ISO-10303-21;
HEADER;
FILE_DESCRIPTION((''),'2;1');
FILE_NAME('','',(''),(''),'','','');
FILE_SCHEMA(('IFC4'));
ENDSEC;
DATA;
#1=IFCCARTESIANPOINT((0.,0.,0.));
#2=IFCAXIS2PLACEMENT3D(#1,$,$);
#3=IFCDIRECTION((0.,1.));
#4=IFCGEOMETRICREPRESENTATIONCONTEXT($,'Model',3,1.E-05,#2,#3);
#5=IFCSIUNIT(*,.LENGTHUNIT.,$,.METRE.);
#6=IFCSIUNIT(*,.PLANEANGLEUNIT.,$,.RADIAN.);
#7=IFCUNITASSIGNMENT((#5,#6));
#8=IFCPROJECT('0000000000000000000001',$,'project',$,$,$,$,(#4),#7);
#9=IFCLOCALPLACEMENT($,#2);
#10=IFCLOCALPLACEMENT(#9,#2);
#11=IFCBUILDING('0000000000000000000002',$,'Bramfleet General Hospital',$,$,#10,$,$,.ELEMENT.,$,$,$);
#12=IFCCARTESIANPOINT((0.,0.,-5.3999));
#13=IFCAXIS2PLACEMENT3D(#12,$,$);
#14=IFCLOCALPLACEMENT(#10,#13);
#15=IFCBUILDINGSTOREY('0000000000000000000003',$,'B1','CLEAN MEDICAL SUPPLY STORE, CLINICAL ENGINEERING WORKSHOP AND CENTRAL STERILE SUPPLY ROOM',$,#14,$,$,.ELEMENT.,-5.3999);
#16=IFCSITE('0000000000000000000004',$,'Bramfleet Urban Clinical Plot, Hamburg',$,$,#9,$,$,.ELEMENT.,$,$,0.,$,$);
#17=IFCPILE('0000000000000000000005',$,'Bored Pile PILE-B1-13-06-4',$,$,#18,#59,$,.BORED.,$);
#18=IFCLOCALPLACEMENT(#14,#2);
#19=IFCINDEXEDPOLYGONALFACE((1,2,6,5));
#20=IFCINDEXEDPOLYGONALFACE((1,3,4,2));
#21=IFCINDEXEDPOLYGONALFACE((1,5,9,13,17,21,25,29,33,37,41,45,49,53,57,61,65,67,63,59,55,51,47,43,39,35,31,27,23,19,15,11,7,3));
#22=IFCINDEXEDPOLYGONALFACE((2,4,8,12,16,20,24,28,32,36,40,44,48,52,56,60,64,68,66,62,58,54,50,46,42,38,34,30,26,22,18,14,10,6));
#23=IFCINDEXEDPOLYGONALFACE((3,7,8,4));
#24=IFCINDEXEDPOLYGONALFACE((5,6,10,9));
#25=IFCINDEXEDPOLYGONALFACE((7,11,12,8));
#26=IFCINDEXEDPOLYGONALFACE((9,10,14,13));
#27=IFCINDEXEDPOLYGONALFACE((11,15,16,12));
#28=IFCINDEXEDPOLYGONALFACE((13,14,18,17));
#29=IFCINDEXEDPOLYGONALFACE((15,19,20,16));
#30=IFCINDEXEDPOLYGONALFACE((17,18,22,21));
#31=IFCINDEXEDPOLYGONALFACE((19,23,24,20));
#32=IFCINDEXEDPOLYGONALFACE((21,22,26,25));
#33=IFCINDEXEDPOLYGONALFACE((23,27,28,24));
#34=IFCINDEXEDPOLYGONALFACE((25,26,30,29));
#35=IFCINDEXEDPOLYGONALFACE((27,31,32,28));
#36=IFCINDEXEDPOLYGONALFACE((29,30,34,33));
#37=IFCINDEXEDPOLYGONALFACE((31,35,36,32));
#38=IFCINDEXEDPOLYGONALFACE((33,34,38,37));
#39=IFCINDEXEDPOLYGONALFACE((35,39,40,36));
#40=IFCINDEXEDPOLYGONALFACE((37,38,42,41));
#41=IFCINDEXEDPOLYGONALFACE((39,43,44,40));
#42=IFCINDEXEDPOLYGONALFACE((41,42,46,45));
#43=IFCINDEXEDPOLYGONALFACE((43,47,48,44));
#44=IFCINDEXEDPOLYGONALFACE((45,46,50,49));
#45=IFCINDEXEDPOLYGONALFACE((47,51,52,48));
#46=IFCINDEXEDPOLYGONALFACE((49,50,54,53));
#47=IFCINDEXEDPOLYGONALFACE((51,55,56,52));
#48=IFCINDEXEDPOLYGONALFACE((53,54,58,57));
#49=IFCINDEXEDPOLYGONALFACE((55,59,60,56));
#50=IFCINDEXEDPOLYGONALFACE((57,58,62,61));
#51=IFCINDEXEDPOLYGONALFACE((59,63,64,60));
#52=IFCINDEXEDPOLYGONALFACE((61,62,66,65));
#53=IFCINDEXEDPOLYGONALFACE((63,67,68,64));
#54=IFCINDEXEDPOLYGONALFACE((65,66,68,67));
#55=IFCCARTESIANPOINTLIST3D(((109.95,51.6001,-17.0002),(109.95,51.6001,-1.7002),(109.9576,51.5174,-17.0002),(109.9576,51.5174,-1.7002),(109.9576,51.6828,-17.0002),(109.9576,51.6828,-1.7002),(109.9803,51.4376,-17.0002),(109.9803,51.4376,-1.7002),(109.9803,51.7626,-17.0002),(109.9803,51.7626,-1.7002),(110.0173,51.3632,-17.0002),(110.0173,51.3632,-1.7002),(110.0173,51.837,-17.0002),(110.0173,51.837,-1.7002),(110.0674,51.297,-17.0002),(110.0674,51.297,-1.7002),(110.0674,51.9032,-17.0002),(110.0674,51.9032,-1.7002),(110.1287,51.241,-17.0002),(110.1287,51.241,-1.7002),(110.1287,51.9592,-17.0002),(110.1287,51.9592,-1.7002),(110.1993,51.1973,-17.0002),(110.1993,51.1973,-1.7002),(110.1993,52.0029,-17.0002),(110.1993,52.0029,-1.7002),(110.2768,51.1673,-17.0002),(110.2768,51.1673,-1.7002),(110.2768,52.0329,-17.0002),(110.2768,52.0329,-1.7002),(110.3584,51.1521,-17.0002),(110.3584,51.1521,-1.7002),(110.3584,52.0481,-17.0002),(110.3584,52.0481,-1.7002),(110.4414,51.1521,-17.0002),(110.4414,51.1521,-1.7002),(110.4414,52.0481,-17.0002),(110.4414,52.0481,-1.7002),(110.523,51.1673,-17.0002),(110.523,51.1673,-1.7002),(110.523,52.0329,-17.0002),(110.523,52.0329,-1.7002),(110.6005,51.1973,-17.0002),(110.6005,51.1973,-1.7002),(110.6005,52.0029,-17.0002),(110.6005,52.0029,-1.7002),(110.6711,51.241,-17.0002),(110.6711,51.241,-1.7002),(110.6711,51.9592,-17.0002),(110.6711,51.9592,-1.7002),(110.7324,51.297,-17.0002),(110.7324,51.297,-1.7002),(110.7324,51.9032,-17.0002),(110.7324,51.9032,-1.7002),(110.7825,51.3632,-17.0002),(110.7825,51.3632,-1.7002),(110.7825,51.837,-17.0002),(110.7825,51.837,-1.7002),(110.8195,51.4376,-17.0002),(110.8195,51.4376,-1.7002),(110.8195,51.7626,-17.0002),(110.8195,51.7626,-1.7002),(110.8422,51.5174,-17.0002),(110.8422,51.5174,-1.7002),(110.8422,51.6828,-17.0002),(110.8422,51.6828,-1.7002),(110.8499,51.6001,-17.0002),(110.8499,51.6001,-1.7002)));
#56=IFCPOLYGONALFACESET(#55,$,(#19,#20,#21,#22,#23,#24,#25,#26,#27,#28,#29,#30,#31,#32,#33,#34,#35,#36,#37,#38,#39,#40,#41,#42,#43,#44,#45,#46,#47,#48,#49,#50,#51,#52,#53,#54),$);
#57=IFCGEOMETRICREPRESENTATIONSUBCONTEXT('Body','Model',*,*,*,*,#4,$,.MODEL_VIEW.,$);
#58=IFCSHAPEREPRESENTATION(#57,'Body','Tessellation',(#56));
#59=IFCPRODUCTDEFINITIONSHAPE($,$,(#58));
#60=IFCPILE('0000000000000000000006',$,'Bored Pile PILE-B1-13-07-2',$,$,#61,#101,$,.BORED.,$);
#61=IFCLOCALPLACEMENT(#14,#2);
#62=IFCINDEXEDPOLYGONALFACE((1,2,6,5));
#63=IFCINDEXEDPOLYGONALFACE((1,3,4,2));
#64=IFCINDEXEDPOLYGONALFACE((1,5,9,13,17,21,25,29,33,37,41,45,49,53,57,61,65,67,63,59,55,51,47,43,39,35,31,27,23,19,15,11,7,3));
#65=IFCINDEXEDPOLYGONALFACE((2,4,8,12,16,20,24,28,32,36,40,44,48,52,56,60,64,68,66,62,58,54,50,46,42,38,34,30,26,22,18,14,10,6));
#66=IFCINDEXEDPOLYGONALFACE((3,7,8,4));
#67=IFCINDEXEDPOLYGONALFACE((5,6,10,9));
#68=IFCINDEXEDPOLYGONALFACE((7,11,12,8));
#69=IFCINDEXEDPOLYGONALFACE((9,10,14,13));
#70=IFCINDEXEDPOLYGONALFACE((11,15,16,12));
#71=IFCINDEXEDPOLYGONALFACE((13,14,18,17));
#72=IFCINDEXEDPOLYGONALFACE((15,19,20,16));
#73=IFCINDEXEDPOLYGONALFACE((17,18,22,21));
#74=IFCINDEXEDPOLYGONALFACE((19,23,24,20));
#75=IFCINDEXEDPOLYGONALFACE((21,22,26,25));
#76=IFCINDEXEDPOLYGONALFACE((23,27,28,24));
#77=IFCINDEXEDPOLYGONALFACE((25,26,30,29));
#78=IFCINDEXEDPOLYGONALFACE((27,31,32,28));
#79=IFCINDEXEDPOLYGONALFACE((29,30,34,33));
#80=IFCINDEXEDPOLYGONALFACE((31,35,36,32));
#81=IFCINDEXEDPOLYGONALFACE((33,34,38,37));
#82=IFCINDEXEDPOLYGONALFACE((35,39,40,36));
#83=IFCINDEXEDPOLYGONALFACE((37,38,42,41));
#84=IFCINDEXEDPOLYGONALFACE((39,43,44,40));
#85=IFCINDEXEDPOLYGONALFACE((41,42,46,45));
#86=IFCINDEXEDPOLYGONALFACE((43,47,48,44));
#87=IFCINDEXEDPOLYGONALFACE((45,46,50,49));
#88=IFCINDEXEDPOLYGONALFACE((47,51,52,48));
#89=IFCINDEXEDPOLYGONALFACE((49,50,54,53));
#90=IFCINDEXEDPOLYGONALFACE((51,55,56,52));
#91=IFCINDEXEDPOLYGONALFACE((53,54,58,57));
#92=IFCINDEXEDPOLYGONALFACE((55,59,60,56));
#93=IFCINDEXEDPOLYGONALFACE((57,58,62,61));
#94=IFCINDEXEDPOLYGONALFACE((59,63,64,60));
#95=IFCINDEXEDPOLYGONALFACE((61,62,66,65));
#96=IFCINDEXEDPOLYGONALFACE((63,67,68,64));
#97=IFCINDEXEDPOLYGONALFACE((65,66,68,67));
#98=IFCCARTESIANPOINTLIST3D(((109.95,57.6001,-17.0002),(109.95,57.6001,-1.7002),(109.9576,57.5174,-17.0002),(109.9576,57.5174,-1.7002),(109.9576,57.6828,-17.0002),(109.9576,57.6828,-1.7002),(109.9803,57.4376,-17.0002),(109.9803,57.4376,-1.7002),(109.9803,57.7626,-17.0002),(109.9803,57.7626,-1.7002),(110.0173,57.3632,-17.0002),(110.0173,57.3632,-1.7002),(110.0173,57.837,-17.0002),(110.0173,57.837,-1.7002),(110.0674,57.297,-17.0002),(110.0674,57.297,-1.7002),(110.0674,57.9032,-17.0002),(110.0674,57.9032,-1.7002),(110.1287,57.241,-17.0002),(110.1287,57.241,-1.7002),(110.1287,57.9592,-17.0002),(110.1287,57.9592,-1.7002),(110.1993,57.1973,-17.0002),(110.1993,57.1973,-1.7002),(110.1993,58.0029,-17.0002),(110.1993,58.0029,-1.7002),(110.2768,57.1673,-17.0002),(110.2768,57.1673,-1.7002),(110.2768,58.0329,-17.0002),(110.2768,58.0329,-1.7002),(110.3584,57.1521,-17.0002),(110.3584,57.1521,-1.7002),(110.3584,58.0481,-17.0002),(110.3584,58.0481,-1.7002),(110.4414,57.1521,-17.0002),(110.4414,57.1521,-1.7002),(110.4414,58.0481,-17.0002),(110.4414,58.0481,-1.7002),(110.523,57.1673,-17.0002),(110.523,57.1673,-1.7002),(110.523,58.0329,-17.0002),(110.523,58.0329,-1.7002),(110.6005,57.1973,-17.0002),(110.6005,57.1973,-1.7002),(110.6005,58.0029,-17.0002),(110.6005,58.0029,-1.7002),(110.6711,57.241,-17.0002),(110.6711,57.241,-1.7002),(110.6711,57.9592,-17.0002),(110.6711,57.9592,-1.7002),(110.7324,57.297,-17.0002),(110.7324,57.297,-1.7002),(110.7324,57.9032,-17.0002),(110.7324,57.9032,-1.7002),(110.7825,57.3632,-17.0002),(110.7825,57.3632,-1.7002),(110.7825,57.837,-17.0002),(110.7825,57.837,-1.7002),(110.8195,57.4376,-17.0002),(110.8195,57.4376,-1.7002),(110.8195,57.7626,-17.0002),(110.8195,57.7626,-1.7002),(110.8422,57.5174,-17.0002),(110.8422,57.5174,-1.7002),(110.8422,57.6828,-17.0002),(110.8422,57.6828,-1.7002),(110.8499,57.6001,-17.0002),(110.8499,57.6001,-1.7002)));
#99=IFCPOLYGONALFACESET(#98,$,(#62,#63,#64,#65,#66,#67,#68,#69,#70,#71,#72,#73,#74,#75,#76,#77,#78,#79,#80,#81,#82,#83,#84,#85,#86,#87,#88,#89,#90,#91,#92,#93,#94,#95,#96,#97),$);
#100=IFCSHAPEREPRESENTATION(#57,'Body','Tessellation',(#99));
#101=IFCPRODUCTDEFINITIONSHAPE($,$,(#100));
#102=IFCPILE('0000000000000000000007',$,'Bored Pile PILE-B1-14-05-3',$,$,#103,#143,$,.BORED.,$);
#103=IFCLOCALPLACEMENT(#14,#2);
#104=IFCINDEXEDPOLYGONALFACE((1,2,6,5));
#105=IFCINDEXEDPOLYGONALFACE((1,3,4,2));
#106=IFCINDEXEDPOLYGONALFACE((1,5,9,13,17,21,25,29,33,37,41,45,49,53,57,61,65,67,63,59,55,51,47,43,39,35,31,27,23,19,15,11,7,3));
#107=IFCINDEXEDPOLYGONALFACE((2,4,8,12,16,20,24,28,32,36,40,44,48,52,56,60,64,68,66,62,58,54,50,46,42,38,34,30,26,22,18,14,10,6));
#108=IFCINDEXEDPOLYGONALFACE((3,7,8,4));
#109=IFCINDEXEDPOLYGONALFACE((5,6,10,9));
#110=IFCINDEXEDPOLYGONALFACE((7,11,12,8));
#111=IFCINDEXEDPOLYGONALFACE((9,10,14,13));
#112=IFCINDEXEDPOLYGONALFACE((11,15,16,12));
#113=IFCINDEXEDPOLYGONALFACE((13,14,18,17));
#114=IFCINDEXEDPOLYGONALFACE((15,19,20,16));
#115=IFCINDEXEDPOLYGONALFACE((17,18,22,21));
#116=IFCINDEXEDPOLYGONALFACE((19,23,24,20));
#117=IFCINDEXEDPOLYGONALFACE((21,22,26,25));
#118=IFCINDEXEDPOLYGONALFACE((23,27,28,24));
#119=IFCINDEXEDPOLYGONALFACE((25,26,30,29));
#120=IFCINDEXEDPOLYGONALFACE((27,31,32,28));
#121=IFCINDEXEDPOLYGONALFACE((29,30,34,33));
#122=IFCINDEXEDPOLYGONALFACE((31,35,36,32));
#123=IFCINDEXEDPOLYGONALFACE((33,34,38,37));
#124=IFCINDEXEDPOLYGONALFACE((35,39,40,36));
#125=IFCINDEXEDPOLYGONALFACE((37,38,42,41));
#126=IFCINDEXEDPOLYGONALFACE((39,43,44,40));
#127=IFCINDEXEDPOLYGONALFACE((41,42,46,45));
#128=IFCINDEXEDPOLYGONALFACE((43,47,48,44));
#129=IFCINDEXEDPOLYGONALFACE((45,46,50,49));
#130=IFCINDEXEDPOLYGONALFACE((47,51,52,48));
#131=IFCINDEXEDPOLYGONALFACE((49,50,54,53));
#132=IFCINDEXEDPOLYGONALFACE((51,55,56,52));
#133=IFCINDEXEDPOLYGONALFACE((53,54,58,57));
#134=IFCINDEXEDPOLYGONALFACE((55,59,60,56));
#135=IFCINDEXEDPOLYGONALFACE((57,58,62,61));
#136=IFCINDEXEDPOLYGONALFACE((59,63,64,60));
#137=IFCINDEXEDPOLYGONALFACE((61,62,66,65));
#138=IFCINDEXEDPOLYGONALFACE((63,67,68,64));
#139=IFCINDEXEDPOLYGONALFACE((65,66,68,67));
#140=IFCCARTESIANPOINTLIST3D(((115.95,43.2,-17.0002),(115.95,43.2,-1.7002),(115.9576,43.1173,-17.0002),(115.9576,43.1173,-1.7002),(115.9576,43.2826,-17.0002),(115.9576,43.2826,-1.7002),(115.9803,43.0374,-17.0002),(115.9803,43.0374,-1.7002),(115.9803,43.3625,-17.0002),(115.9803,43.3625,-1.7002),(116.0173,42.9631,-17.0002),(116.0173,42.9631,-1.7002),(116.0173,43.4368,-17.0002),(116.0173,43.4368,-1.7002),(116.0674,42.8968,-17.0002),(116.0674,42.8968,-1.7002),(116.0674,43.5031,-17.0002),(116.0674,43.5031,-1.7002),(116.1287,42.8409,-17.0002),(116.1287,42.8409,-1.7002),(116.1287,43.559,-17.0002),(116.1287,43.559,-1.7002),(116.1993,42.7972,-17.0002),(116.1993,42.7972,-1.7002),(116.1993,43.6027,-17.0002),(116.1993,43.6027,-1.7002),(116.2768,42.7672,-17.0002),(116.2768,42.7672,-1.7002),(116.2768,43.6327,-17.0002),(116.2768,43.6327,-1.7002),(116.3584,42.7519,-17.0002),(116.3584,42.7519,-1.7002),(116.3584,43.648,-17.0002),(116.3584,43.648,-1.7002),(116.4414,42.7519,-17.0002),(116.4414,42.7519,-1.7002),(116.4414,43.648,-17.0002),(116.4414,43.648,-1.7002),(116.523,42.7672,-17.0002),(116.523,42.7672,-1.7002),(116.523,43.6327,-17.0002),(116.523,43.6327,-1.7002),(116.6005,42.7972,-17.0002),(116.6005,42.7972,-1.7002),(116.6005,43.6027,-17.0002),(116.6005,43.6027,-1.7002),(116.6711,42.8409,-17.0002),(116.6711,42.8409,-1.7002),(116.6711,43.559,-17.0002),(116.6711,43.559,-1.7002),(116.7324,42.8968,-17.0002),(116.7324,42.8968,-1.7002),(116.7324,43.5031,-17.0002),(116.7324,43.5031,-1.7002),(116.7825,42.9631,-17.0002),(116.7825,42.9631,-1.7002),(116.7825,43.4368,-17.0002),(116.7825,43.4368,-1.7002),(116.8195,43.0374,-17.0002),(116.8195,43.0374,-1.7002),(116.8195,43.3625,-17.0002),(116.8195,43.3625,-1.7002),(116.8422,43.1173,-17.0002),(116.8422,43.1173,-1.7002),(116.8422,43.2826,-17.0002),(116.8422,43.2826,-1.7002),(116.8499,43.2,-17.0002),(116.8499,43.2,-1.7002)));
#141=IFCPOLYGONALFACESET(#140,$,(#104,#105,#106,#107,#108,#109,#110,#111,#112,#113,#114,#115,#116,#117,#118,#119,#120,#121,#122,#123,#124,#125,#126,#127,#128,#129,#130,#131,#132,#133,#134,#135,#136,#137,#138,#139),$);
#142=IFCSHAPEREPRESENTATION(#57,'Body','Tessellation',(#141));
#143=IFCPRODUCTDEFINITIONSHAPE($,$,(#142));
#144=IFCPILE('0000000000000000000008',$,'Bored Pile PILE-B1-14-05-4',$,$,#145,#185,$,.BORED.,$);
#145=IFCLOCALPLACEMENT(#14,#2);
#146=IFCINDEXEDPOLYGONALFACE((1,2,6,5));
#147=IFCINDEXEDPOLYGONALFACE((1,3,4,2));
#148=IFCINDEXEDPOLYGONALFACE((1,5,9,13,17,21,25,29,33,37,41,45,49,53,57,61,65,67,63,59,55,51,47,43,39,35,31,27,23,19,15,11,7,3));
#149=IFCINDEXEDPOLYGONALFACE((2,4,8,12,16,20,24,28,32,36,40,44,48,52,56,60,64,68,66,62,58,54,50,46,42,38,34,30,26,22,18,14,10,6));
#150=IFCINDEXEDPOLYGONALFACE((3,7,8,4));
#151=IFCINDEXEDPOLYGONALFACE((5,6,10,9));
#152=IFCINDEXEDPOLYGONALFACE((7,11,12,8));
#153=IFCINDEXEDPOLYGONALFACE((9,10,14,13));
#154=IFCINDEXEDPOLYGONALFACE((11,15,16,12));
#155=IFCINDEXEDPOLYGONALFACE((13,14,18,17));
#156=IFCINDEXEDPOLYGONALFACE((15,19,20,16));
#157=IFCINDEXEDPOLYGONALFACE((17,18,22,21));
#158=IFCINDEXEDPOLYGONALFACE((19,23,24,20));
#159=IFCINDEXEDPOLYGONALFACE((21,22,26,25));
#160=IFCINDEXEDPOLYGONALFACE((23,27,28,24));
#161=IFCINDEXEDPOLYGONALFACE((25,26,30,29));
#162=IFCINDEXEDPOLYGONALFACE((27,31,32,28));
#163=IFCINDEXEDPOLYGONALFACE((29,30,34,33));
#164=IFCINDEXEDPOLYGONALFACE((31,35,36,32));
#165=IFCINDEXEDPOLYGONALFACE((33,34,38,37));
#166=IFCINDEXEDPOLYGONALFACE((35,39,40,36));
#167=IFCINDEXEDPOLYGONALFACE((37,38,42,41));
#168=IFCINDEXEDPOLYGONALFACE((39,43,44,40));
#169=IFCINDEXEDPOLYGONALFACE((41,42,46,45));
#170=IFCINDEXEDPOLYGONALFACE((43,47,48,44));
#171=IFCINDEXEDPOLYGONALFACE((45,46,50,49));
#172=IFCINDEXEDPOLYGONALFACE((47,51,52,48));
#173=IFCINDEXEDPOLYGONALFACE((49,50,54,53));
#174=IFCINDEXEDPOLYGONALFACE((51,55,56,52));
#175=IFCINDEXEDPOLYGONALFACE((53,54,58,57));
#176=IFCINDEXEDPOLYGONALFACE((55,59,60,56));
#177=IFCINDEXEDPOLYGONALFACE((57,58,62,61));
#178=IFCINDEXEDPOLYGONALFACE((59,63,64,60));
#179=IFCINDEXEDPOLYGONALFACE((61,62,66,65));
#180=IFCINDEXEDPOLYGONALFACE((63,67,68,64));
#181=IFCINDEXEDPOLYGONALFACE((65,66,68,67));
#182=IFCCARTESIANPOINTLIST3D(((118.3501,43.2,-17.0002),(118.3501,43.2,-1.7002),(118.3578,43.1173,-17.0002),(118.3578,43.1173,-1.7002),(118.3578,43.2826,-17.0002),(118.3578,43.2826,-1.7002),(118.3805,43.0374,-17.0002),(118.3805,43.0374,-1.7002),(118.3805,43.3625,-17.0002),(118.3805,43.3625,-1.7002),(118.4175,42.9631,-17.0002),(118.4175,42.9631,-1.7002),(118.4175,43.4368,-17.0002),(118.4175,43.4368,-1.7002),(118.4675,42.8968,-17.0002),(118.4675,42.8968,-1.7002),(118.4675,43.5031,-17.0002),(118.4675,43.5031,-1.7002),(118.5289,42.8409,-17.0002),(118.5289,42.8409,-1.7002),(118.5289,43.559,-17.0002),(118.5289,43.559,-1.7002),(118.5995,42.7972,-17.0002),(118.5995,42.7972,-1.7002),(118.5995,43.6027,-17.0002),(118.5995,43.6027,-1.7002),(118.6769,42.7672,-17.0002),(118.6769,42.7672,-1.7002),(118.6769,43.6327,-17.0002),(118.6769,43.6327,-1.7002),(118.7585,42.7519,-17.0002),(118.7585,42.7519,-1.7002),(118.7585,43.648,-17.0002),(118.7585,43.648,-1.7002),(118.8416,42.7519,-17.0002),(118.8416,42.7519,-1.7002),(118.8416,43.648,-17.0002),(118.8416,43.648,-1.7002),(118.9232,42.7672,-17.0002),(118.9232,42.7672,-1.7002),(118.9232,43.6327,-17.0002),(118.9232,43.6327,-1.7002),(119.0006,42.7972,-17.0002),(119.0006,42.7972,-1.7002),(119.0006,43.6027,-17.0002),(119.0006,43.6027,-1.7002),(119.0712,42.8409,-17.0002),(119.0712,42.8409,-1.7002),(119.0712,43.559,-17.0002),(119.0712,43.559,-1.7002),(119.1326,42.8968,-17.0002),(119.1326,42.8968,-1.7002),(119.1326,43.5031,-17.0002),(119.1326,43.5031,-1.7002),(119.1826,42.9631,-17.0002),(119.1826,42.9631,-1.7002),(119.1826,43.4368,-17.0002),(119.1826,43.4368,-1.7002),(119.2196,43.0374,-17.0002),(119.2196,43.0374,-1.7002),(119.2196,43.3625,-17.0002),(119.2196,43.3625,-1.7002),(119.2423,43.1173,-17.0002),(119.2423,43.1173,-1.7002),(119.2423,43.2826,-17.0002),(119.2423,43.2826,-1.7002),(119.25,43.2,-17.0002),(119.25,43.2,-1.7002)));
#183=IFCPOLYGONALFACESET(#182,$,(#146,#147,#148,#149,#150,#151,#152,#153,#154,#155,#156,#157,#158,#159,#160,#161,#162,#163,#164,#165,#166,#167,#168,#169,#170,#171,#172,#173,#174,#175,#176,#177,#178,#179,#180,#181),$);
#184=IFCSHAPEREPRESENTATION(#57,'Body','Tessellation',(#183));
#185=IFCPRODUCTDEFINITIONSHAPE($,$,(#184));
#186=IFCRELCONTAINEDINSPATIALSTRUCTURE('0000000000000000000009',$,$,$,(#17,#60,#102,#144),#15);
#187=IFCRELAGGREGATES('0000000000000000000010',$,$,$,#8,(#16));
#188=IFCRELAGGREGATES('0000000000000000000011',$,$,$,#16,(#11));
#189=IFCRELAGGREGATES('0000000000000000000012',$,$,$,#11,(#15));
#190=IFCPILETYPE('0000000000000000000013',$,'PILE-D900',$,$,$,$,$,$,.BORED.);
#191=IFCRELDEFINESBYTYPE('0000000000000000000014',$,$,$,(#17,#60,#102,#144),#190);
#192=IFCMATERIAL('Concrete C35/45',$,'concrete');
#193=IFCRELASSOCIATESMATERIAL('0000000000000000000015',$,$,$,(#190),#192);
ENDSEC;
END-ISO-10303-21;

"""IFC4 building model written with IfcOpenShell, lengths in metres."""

from ifc_helpers import new_model, si_unit, direction, frame, origin, origin_2d, place, context, subcontext, project, spatial, circle, extrude, material, material_profile, profile_set, type_object, element, save


model = new_model("IFC4")

# Units and contexts
model_context = context("Model", 3, precision=1e-05, world=origin(), true_north=direction((0.0, 1.0)))
body_context = subcontext(model_context, "Body", "Model", "MODEL_VIEW")
ifc_project = project(units=[si_unit("LENGTHUNIT", "METRE"), si_unit("PLANEANGLEUNIT", "RADIAN")], contexts=[model_context])

# Site, building, storey
site_placement = place(None, origin())
site = spatial("IfcSite", under=ifc_project, at=site_placement, Name="Bramfleet Urban Clinical Plot, Hamburg", CompositionType="ELEMENT", RefElevation=0.0)
building_placement = place(site_placement, origin())
building = spatial("IfcBuilding", under=site, at=building_placement, Name="Bramfleet General Hospital", CompositionType="ELEMENT")
storey_placement = place(building_placement, frame((0.0, 0.0, -5.3999)))
storey = spatial("IfcBuildingStorey", under=building, at=storey_placement, Name="B1", Description="CLEAN MEDICAL SUPPLY STORE, CLINICAL ENGINEERING WORKSHOP AND CENTRAL STERILE SUPPLY ROOM", CompositionType="ELEMENT", Elevation=-5.3999)

# Shared definitions
ifc_material_1 = material(Name="Concrete C35/45", Category="concrete")

# Piles
ifc_material_profile_1 = material_profile(ifc_material_1, circle(Radius=0.45, at=origin_2d()), Name="PILE BORED D900")
ifc_profile_set_1 = profile_set([ifc_material_profile_1], Name="Concrete C35/45")
pile_type = type_object("IfcPileType", Name="PILE-D900", PredefinedType="BORED", material=ifc_profile_set_1)
for number, where, z_axis, x_axis, name in (
    (1, (110.3999, 51.6001, -1.7002), (0.0, 0.0, -1.0), (1.0, 0.0, 0.0), "Bored Pile PILE-B1-13-06-4"),
    (2, (110.3999, 57.6001, -1.7002), (0.0, 0.0, -1.0), (1.0, 0.0, 0.0), "Bored Pile PILE-B1-13-07-2"),
    (3, (116.3999, 43.2, -1.7002), (0.0, 0.0, -1.0), (1.0, 0.0, 0.0), "Bored Pile PILE-B1-14-05-3"),
    (4, (118.8, 43.2, -1.7002), (0.0, 0.0, -1.0), (1.0, 0.0, 0.0), "Bored Pile PILE-B1-14-05-4"),
):
    element("IfcPile", number, at=place(storey_placement, frame(where, z_axis=z_axis, x_axis=x_axis)), inside=storey, type_object=pile_type, Name=name, PredefinedType="BORED", context=body_context, shape_type="SweptSolid", body=[
        extrude(circle(Radius=0.45, at=origin_2d()), origin(), (0.0, 0.0, 1.0), 15.3),
    ])

save(model, "model.ifc")
